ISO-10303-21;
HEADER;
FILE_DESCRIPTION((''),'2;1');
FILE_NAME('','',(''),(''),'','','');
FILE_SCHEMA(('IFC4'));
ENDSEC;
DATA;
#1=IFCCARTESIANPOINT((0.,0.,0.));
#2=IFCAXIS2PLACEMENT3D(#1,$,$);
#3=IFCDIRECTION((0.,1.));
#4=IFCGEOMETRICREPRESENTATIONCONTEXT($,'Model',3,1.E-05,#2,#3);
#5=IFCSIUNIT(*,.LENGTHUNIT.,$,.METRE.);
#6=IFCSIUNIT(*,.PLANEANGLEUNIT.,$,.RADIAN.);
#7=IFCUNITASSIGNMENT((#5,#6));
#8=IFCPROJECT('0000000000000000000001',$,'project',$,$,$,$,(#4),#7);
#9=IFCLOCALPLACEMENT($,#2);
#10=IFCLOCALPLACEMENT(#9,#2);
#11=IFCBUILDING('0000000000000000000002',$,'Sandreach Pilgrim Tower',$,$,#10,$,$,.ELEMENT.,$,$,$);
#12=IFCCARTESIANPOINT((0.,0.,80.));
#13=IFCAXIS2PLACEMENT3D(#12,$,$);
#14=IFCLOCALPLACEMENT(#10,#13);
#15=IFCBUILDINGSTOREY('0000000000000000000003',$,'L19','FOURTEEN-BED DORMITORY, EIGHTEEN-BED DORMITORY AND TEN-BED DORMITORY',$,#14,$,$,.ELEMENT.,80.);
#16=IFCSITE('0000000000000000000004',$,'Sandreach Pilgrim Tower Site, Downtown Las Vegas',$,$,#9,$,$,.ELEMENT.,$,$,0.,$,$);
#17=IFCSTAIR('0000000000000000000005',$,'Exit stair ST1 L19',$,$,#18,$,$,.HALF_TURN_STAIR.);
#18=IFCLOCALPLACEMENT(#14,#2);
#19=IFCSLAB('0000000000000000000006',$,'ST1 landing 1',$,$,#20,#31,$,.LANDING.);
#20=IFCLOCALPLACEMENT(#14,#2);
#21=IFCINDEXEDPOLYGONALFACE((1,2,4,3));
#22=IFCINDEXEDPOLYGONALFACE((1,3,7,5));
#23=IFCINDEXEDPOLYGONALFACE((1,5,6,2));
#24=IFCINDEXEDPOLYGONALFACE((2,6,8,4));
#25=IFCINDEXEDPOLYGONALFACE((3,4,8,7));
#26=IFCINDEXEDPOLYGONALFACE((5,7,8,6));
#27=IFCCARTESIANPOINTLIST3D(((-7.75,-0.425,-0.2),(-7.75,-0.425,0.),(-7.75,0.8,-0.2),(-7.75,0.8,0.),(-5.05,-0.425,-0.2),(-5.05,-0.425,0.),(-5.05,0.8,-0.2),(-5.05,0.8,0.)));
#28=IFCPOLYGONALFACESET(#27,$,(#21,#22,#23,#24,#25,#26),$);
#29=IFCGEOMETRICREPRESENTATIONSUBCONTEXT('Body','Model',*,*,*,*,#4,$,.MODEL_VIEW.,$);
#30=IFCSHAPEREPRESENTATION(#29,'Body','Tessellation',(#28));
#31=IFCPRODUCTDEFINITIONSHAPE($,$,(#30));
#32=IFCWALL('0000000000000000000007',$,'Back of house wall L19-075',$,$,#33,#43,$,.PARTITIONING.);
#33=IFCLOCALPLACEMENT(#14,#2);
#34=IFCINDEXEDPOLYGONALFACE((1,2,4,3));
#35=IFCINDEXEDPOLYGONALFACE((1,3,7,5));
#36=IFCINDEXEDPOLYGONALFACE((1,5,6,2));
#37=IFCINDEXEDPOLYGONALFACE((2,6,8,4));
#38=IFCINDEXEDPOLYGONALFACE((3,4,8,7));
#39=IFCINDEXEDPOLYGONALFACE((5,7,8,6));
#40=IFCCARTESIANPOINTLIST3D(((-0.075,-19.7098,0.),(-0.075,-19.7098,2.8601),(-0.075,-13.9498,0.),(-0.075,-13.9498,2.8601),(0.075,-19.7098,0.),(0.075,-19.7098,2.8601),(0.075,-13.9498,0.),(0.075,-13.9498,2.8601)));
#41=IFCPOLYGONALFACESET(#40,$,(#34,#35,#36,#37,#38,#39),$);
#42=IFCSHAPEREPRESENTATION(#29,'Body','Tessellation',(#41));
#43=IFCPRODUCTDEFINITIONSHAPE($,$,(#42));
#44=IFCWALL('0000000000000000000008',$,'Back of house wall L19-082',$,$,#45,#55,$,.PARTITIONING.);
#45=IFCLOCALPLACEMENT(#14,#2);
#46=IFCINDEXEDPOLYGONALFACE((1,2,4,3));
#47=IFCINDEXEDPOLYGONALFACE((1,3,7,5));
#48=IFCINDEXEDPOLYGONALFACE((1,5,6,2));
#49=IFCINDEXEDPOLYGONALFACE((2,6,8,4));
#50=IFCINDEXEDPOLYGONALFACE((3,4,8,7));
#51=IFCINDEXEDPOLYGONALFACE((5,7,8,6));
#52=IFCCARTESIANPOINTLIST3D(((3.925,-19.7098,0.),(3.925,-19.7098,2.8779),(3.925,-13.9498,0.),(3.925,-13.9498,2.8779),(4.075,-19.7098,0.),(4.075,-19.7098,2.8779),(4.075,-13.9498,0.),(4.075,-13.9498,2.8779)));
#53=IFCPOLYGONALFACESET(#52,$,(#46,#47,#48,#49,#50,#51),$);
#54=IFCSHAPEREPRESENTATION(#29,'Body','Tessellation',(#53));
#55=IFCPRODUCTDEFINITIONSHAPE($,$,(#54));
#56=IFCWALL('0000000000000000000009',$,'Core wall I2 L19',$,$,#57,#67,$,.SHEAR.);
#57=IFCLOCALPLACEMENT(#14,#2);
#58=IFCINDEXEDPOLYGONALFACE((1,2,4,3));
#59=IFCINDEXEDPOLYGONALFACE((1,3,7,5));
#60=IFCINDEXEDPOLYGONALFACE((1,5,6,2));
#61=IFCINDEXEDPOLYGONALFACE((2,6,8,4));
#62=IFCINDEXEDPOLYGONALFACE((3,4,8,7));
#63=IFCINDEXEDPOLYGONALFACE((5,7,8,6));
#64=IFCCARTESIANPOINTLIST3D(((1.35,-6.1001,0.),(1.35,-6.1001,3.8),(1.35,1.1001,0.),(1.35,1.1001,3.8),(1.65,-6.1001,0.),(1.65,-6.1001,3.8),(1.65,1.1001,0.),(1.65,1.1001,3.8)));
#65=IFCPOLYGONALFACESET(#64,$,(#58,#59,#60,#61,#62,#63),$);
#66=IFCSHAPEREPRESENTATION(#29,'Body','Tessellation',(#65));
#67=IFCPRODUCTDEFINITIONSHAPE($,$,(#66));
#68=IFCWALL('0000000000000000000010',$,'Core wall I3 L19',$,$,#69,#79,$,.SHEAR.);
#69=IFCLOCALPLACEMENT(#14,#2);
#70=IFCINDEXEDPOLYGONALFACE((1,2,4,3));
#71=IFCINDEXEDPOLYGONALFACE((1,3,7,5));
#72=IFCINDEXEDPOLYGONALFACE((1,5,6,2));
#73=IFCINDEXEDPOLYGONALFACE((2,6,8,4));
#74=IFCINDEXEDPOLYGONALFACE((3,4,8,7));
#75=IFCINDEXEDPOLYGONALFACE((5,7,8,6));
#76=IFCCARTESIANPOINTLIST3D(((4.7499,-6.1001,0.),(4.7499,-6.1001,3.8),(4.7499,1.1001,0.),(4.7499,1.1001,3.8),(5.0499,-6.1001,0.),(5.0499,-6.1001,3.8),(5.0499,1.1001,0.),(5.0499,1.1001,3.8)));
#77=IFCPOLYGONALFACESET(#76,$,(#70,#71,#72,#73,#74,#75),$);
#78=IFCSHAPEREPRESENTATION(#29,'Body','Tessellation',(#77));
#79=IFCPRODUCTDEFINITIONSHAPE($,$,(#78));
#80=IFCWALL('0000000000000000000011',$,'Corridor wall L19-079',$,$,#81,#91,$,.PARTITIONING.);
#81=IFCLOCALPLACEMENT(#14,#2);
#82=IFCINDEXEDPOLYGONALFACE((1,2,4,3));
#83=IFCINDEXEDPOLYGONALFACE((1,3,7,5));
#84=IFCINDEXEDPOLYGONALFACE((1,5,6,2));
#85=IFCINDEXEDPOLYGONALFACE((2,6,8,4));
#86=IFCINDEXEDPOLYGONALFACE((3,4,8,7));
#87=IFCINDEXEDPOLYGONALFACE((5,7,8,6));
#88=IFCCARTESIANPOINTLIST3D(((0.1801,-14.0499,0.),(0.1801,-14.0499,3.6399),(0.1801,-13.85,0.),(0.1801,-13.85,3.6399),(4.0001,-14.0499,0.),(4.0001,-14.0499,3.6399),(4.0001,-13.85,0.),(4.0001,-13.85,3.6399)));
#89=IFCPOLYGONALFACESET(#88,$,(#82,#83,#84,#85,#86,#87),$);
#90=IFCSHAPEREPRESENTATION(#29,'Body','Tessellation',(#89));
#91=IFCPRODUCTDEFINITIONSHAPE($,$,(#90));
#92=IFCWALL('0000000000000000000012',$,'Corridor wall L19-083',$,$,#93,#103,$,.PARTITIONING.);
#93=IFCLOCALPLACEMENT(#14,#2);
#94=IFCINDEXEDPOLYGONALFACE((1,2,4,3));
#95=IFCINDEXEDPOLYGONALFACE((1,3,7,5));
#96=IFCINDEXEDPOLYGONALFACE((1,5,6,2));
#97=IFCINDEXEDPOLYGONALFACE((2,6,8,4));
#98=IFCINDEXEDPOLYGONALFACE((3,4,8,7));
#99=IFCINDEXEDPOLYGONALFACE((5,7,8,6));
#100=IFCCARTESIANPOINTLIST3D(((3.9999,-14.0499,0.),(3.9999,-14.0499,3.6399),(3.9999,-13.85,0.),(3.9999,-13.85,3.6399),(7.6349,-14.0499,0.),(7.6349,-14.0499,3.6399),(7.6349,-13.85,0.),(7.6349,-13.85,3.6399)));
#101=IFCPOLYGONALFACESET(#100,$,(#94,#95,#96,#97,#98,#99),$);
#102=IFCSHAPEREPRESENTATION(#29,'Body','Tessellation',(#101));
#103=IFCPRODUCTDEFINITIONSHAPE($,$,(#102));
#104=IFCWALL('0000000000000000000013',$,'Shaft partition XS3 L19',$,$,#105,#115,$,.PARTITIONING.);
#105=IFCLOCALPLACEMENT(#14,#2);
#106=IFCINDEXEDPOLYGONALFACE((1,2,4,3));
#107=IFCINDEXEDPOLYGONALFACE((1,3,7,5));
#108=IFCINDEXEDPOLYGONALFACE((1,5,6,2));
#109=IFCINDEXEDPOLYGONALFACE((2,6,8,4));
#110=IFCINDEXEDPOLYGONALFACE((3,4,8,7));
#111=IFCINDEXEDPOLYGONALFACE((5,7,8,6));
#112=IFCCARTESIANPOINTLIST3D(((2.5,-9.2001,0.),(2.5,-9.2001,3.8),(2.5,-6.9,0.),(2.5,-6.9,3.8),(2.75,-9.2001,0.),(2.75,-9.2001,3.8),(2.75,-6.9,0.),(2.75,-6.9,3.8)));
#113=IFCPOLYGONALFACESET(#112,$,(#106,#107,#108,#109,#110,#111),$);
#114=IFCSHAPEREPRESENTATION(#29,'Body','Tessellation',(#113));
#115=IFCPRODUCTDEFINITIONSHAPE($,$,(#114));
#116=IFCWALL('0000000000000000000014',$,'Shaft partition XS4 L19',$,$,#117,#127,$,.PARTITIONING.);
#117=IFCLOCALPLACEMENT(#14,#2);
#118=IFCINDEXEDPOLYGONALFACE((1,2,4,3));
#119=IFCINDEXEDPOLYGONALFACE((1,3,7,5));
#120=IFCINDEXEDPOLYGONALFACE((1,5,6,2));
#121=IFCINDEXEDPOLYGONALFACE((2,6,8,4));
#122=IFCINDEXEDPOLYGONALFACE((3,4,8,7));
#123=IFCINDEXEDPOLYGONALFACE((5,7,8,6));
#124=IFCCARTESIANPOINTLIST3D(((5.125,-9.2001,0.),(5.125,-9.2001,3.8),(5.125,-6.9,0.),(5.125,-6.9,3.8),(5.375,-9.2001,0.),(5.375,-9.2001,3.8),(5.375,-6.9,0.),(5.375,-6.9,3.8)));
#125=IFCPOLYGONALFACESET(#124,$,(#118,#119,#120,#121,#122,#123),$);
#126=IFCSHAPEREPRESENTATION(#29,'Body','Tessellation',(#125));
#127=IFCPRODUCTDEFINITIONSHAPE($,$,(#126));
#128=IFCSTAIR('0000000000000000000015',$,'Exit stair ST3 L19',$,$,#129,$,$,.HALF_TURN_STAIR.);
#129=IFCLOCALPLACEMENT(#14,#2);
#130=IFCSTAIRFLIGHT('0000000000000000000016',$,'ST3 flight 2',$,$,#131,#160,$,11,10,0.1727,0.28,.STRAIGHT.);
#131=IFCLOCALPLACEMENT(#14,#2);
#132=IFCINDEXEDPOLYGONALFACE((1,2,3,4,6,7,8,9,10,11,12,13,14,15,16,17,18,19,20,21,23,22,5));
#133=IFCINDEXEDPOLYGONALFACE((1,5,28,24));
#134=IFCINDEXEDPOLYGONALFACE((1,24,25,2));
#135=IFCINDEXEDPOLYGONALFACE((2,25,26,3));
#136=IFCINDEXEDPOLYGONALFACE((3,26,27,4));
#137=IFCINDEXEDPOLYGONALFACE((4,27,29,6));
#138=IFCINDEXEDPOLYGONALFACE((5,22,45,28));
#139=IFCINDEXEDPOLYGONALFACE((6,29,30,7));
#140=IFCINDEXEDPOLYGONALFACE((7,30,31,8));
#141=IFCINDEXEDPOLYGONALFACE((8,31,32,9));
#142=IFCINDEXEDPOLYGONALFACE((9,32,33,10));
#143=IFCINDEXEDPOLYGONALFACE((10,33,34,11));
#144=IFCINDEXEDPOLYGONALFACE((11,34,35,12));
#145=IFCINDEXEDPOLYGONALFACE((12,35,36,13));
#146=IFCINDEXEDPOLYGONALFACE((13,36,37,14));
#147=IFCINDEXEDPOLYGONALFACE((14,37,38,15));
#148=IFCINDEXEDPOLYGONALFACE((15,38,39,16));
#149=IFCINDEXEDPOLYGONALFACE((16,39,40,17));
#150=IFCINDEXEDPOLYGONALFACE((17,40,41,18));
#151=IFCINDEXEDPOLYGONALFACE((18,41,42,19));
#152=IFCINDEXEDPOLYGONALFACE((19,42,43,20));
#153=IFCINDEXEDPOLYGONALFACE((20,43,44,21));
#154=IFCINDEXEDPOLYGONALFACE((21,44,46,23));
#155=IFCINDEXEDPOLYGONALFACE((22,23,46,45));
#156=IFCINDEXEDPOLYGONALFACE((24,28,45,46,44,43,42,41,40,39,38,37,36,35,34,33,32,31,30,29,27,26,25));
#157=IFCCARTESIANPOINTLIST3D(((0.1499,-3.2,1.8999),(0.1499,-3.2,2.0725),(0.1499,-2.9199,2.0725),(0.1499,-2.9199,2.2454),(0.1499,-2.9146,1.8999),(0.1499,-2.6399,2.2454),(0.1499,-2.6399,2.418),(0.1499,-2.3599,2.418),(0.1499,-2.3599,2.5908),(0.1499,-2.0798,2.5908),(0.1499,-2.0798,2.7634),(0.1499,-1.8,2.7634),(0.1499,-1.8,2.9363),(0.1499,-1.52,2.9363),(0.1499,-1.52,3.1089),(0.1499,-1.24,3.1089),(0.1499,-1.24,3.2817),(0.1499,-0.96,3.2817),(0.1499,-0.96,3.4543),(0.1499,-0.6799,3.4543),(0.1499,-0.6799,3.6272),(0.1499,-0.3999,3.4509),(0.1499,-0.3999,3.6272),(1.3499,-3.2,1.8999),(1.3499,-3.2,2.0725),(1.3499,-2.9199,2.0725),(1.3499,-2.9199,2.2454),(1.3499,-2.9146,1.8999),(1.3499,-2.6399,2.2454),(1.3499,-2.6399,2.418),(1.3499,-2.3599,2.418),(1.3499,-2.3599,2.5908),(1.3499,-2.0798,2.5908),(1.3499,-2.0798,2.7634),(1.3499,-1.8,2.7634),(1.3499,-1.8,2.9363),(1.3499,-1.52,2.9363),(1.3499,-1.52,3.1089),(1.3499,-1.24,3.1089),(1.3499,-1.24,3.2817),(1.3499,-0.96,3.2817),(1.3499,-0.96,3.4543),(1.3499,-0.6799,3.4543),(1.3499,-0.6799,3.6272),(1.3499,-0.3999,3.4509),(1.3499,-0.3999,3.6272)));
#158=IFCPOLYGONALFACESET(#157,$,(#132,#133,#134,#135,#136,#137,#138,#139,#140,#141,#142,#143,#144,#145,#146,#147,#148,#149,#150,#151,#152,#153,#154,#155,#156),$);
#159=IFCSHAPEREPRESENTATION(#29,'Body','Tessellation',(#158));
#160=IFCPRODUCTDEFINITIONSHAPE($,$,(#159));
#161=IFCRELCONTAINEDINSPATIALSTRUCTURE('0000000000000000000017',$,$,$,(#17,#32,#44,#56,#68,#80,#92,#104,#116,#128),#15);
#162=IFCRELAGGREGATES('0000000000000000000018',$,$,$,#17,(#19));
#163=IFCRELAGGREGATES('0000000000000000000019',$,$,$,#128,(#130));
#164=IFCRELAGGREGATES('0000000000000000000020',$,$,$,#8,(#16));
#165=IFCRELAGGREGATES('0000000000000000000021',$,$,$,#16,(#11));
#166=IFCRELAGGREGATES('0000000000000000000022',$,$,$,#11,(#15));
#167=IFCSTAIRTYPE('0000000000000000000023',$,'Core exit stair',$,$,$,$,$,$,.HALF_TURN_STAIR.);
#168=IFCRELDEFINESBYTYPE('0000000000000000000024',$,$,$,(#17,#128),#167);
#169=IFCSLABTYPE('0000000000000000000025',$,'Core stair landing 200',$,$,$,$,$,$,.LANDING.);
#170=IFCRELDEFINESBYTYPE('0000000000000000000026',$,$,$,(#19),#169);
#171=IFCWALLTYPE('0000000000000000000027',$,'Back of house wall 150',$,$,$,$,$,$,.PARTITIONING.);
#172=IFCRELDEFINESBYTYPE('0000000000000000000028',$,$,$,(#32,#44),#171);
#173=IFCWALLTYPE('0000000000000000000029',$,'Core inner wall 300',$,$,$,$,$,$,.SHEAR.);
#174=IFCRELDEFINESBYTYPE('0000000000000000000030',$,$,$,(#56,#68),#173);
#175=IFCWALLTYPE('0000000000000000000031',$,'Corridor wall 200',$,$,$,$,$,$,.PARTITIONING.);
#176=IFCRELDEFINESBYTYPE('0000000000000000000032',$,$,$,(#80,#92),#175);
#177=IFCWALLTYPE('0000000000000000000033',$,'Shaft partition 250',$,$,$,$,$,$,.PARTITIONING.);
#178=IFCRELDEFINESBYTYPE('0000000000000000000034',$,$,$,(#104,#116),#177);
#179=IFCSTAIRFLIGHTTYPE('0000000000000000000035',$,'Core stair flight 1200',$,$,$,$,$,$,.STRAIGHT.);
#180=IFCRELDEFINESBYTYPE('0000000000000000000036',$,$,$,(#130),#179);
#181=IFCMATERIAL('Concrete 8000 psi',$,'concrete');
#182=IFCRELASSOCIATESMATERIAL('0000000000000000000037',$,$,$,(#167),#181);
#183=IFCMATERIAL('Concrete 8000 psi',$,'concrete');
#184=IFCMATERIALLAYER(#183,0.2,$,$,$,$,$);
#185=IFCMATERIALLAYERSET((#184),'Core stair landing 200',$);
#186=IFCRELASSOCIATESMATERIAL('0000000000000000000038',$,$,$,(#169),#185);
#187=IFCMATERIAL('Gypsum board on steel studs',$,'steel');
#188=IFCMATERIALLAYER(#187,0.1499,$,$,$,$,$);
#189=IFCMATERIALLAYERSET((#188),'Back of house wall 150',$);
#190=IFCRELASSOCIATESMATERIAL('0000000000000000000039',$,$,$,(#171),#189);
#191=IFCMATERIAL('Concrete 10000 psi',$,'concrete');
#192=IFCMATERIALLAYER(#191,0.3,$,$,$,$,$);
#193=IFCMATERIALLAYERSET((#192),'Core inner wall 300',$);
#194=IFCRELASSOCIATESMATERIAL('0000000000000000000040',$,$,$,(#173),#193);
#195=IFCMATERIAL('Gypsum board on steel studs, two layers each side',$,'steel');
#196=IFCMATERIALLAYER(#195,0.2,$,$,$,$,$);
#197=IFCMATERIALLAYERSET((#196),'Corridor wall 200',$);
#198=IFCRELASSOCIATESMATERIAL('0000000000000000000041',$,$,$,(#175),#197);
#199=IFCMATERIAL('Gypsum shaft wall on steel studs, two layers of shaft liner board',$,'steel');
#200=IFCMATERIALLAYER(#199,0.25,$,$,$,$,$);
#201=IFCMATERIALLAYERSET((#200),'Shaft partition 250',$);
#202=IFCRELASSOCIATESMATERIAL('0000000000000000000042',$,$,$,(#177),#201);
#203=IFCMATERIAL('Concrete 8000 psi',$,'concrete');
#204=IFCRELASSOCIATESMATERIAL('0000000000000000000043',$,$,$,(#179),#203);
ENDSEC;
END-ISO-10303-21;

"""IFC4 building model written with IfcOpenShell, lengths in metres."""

from ifc_helpers import new_model, si_unit, direction, frame, frame_2d, origin, place, context, subcontext, project, spatial, polyline, rectangle, outline, extrude, material, layer, layer_set, type_object, element, aggregate, save


model = new_model("IFC4")

# Units and contexts
model_context = context("Model", 3, precision=1e-05, world=origin(), true_north=direction((0.0, 1.0)))
body_context = subcontext(model_context, "Body", "Model", "MODEL_VIEW")
ifc_project = project(units=[si_unit("LENGTHUNIT", "METRE"), si_unit("PLANEANGLEUNIT", "RADIAN")], contexts=[model_context])

# Site, building, storey
site_placement = place(None, origin())
site = spatial("IfcSite", under=ifc_project, at=site_placement, Name="Sandreach Pilgrim Tower Site, Downtown Las Vegas", CompositionType="ELEMENT", RefElevation=0.0)
building_placement = place(site_placement, origin())
building = spatial("IfcBuilding", under=site, at=building_placement, Name="Sandreach Pilgrim Tower", CompositionType="ELEMENT")
storey_placement = place(building_placement, frame((0.0, 0.0, 80.0)))
storey = spatial("IfcBuildingStorey", under=building, at=storey_placement, Name="L19", Description="FOURTEEN-BED DORMITORY, EIGHTEEN-BED DORMITORY AND TEN-BED DORMITORY", CompositionType="ELEMENT", Elevation=80.0)

# Stair, slab
ifc_material_1 = material(Name="Concrete 8000 psi", Category="concrete")
stair_type = type_object("IfcStairType", Name="Core exit stair", PredefinedType="HALF_TURN_STAIR", material=ifc_material_1)
stair_1_placement = place(storey_placement, origin())
stair_1 = element("IfcStair", 1, at=stair_1_placement, inside=storey, type_object=stair_type, Name="Exit stair ST1 L19", PredefinedType="HALF_TURN_STAIR")
ifc_material_2 = material(Name="Concrete 8000 psi", Category="concrete")
ifc_layer_1 = layer(ifc_material_2, 0.2)
ifc_layer_set_1 = layer_set([ifc_layer_1], Name="Core stair landing 200")
slab_type = type_object("IfcSlabType", Name="Core stair landing 200", PredefinedType="LANDING", material=ifc_layer_set_1)
slab_placement = place(storey_placement, frame((0.0, 0.0, -0.2)))
slab = element("IfcSlab", 2, at=slab_placement, type_object=slab_type, Name="ST1 landing 1", PredefinedType="LANDING", context=body_context, shape_type="SweptSolid", body=[
    extrude(outline(polyline([(-7.75, -0.425), (-5.05, -0.425), (-5.05, 0.8), (-7.75, 0.8), (-7.75, -0.425)])), origin(), (0.0, 0.0, 1.0), 0.2),
])
aggregate(stair_1, [slab])

# Walls
ifc_material_3 = material(Name="Gypsum board on steel studs", Category="steel")
ifc_layer_2 = layer(ifc_material_3, 0.1499)
ifc_layer_set_2 = layer_set([ifc_layer_2], Name="Back of house wall 150")
wall_type_1 = type_object("IfcWallType", Name="Back of house wall 150", PredefinedType="PARTITIONING", material=ifc_layer_set_2)
wall_1_placement = place(storey_placement, frame((0.0, -13.95, 0.0), z_axis=(0.0, 0.0, 1.0), x_axis=(0.0, -1.0, 0.0)))
element("IfcWall", 3, at=wall_1_placement, inside=storey, type_object=wall_type_1, Name="Back of house wall L19-075", PredefinedType="PARTITIONING", context=body_context, shape_type="SweptSolid", body=[
    extrude(rectangle(XDim=5.76, YDim=0.1499, at=frame_2d((2.8799, 0.0))), origin(), (0.0, 0.0, 1.0), 2.8601),
])
wall_2_placement = place(storey_placement, frame((4.0, -13.95, 0.0), z_axis=(0.0, 0.0, 1.0), x_axis=(0.0, -1.0, 0.0)))
element("IfcWall", 4, at=wall_2_placement, inside=storey, type_object=wall_type_1, Name="Back of house wall L19-082", PredefinedType="PARTITIONING", context=body_context, shape_type="SweptSolid", body=[
    extrude(rectangle(XDim=5.76, YDim=0.1499, at=frame_2d((2.8799, 0.0))), origin(), (0.0, 0.0, 1.0), 2.8779),
])
ifc_material_4 = material(Name="Concrete 10000 psi", Category="concrete")
ifc_layer_3 = layer(ifc_material_4, 0.3)
ifc_layer_set_3 = layer_set([ifc_layer_3], Name="Core inner wall 300")
wall_type_2 = type_object("IfcWallType", Name="Core inner wall 300", PredefinedType="SHEAR", material=ifc_layer_set_3)
for number, where, z_axis, x_axis, name in (
    (5, (1.5, -6.1001, 0.0), (0.0, 0.0, 1.0), (0.0, 1.0, 0.0), "Core wall I2 L19"),
    (6, (4.8999, -6.1001, 0.0), (0.0, 0.0, 1.0), (0.0, 1.0, 0.0), "Core wall I3 L19"),
):
    element("IfcWall", number, at=place(storey_placement, frame(where, z_axis=z_axis, x_axis=x_axis)), inside=storey, type_object=wall_type_2, Name=name, PredefinedType="SHEAR", context=body_context, shape_type="SweptSolid", body=[
        extrude(rectangle(XDim=7.2002, YDim=0.3, at=frame_2d((3.6001, 0.0))), origin(), (0.0, 0.0, 1.0), 3.8),
    ])

# Wall
ifc_material_5 = material(Name="Gypsum board on steel studs, two layers each side", Category="steel")
ifc_layer_4 = layer(ifc_material_5, 0.2)
ifc_layer_set_4 = layer_set([ifc_layer_4], Name="Corridor wall 200")
wall_type_3 = type_object("IfcWallType", Name="Corridor wall 200", PredefinedType="PARTITIONING", material=ifc_layer_set_4)
wall_3_placement = place(storey_placement, frame((0.1799, -13.95, 0.0), z_axis=(0.0, 0.0, 1.0), x_axis=(1.0, 0.0, 0.0)))
element("IfcWall", 7, at=wall_3_placement, inside=storey, type_object=wall_type_3, Name="Corridor wall L19-079", PredefinedType="PARTITIONING", context=body_context, shape_type="SweptSolid", body=[
    extrude(rectangle(XDim=3.8201, YDim=0.2, at=frame_2d((1.9102, 0.0))), origin(), (0.0, 0.0, 1.0), 3.6399),
])

# Walls
wall_4_placement = place(storey_placement, frame((4.0, -13.95, 0.0), z_axis=(0.0, 0.0, 1.0), x_axis=(1.0, 0.0, 0.0)))
element("IfcWall", 8, at=wall_4_placement, inside=storey, type_object=wall_type_3, Name="Corridor wall L19-083", PredefinedType="PARTITIONING", context=body_context, shape_type="SweptSolid", body=[
    extrude(rectangle(XDim=3.635, YDim=0.2, at=frame_2d((1.8174, 0.0))), origin(), (0.0, 0.0, 1.0), 3.6399),
])
ifc_material_6 = material(Name="Gypsum shaft wall on steel studs, two layers of shaft liner board", Category="steel")
ifc_layer_5 = layer(ifc_material_6, 0.25)
ifc_layer_set_5 = layer_set([ifc_layer_5], Name="Shaft partition 250")
wall_type_4 = type_object("IfcWallType", Name="Shaft partition 250", PredefinedType="PARTITIONING", material=ifc_layer_set_5)
for number, where, z_axis, x_axis, name in (
    (9, (2.625, -9.2, 0.0), (0.0, 0.0, 1.0), (0.0, 1.0, 0.0), "Shaft partition XS3 L19"),
    (10, (5.25, -9.2, 0.0), (0.0, 0.0, 1.0), (0.0, 1.0, 0.0), "Shaft partition XS4 L19"),
):
    element("IfcWall", number, at=place(storey_placement, frame(where, z_axis=z_axis, x_axis=x_axis)), inside=storey, type_object=wall_type_4, Name=name, PredefinedType="PARTITIONING", context=body_context, shape_type="SweptSolid", body=[
        extrude(rectangle(XDim=2.3, YDim=0.25, at=frame_2d((1.1499, 0.0))), origin(), (0.0, 0.0, 1.0), 3.8),
    ])

# Stair, stair flight
stair_2_placement = place(storey_placement, origin())
stair_2 = element("IfcStair", 11, at=stair_2_placement, inside=storey, type_object=stair_type, Name="Exit stair ST3 L19", PredefinedType="HALF_TURN_STAIR")
ifc_material_7 = material(Name="Concrete 8000 psi", Category="concrete")
stair_flight_type = type_object("IfcStairFlightType", Name="Core stair flight 1200", PredefinedType="STRAIGHT", material=ifc_material_7)
stair_flight_placement = place(storey_placement, frame((0.75, -3.2, 1.8999), z_axis=(0.0, 0.0, 1.0), x_axis=(0.0, 1.0, 0.0)))
stair_flight = element("IfcStairFlight", 12, at=stair_flight_placement, type_object=stair_flight_type, Name="ST3 flight 2", NumberOfRisers=11, NumberOfTreads=10, PredefinedType="STRAIGHT", RiserHeight=0.1727, TreadLength=0.28, context=body_context, shape_type="SweptSolid", body=[
    extrude(outline(polyline([(0.0, 0.0), (0.0, 0.1726), (0.28, 0.1726), (0.28, 0.3455), (0.5601, 0.3455), (0.5601, 0.5181), (0.8401, 0.5181), (0.8401, 0.6909), (1.1201, 0.6909), (1.1201, 0.8635), (1.3999, 0.8635), (1.3999, 1.0364), (1.6799, 1.0364), (1.6799, 1.209), (1.96, 1.209), (1.96, 1.3818), (2.24, 1.3818), (2.24, 1.5544), (2.52, 1.5544), (2.52, 1.7273), (2.8, 1.7273), (2.8, 1.8999), (2.8, 1.551), (0.2854, 0.0), (0.0, 0.0)])), frame((0.0, 0.6001, 0.0), z_axis=(0.0, -1.0, 0.0), x_axis=(1.0, 0.0, 0.0)), (0.0, 0.0, 1.0), 1.2),
])
aggregate(stair_2, [stair_flight])

save(model, "model.ifc")
